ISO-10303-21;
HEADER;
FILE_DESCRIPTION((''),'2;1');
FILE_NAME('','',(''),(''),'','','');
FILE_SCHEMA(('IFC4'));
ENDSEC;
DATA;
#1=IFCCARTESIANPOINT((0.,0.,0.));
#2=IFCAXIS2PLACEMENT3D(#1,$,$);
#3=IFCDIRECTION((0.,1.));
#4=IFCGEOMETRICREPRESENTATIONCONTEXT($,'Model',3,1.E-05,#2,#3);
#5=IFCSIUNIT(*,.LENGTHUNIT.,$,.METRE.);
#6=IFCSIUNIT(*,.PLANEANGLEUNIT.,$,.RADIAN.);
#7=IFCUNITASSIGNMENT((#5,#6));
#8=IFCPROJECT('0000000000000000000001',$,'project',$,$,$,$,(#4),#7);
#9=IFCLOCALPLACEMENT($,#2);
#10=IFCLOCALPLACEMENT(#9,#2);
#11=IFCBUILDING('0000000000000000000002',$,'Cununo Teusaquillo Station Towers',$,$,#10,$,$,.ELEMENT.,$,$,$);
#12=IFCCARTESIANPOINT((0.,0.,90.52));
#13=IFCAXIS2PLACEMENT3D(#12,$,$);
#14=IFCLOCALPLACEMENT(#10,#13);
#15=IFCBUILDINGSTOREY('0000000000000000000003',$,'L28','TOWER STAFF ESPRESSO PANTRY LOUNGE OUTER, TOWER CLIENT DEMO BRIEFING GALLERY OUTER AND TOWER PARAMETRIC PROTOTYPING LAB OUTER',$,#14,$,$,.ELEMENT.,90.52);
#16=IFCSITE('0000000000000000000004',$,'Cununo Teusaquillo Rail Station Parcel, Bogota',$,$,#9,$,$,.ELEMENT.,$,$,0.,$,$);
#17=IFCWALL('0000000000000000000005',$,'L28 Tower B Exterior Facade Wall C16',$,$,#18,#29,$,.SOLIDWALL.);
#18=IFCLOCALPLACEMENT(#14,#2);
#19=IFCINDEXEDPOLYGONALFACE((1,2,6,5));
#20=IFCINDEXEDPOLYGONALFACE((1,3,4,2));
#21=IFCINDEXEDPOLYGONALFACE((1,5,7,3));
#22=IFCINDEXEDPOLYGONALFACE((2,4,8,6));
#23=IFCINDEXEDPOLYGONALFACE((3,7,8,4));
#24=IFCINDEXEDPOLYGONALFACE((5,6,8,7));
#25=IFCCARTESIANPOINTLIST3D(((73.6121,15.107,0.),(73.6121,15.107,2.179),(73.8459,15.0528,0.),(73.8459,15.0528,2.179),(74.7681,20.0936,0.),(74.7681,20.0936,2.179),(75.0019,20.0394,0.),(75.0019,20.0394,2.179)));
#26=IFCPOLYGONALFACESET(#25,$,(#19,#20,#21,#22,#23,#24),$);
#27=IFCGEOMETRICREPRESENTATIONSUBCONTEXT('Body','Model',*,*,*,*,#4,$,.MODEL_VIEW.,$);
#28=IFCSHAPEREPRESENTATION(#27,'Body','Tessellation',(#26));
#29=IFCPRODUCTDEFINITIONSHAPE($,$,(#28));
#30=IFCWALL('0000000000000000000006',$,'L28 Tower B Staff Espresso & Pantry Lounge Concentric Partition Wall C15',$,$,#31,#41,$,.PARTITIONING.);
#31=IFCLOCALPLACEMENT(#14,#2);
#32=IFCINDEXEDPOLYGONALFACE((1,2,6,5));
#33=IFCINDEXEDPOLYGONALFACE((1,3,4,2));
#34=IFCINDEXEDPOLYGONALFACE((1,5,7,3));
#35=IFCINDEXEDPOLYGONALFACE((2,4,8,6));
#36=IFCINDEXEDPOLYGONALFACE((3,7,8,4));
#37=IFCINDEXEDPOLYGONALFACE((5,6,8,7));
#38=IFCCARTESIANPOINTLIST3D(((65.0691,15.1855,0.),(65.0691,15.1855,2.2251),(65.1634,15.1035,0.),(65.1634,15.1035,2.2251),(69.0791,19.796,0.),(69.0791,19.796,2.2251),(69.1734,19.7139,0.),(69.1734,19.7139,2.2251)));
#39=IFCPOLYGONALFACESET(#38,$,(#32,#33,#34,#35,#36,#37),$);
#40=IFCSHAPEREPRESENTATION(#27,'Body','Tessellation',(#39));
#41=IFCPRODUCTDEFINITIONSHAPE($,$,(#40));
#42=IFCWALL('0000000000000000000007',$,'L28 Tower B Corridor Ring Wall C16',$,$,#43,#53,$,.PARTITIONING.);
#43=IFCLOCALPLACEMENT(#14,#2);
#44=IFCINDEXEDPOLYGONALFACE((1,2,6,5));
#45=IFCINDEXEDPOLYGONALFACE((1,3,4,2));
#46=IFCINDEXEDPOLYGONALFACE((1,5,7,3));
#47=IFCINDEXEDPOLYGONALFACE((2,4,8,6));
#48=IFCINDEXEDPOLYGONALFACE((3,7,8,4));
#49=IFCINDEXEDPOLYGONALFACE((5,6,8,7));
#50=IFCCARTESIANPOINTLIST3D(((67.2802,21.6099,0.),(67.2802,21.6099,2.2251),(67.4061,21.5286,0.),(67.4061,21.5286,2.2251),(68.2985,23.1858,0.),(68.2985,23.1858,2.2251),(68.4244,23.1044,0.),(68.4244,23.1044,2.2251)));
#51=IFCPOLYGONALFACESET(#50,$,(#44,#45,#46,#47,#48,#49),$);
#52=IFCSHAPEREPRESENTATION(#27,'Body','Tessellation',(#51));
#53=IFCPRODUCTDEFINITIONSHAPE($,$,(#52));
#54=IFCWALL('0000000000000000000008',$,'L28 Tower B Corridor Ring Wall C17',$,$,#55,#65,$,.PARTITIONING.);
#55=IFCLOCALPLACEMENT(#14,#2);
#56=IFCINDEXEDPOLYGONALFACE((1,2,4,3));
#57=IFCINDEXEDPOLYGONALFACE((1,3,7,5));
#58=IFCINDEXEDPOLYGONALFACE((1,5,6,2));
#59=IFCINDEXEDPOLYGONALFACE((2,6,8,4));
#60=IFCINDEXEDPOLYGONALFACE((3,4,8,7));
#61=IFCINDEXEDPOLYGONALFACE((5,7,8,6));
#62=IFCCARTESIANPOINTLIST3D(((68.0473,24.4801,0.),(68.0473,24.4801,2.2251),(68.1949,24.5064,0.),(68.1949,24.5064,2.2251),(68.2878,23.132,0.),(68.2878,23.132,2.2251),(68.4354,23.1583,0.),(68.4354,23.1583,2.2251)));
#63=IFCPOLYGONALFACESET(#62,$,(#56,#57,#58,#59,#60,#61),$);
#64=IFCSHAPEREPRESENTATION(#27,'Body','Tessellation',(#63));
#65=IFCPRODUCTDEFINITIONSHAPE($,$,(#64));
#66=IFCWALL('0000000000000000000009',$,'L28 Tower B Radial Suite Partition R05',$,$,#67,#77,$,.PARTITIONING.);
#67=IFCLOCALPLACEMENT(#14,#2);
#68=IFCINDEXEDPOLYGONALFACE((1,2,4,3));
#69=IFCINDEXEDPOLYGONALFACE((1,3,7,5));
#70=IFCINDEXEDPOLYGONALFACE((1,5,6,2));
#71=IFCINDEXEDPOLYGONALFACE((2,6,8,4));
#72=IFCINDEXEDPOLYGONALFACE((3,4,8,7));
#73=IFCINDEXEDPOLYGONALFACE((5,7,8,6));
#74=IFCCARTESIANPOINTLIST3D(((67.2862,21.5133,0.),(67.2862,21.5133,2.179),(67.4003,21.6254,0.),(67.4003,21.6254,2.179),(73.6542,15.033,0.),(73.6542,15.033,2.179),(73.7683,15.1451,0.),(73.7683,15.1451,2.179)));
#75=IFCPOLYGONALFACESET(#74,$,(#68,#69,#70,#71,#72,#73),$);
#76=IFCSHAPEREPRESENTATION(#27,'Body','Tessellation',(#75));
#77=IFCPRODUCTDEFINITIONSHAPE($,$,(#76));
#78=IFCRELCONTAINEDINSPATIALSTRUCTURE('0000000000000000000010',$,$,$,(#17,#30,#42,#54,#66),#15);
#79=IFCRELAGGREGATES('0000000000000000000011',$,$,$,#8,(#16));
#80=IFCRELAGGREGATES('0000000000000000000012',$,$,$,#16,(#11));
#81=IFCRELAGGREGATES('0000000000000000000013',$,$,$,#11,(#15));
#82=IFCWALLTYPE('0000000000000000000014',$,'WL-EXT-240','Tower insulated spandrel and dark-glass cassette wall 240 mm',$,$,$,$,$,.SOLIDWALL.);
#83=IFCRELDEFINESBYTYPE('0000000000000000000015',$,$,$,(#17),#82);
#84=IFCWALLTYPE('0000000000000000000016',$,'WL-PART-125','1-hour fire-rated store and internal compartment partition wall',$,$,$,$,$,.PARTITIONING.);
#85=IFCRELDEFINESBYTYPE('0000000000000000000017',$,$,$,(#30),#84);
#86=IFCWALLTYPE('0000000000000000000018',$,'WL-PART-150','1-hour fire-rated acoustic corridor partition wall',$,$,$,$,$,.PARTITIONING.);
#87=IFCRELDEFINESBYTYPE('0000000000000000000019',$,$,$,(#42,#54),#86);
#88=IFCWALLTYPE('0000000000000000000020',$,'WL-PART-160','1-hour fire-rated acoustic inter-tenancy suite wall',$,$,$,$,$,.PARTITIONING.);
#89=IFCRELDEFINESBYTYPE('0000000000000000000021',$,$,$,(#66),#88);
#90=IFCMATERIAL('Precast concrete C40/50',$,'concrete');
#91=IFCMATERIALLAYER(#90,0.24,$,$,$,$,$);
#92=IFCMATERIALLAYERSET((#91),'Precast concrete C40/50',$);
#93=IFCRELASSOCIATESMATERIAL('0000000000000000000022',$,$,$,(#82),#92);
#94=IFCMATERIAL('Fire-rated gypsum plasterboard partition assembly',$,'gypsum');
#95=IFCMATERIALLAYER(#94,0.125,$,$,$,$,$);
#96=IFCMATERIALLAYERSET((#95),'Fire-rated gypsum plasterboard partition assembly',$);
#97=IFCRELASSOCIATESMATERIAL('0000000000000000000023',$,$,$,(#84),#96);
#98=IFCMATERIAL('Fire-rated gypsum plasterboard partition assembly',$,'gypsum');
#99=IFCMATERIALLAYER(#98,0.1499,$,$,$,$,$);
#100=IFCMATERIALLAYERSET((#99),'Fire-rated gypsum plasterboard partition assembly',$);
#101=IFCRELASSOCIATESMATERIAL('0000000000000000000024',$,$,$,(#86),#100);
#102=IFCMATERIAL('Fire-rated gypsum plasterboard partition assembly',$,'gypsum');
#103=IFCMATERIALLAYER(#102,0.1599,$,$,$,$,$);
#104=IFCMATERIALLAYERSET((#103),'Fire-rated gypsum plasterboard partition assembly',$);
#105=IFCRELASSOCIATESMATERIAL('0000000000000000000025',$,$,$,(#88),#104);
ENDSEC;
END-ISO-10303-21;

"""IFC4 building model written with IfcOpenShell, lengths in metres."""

from ifc_helpers import new_model, si_unit, direction, frame, frame_2d, origin, place, context, subcontext, project, spatial, rectangle, extrude, material, layer, layer_set, type_object, element, save


model = new_model("IFC4")

# Units and contexts
model_context = context("Model", 3, precision=1e-05, world=origin(), true_north=direction((0.0, 1.0)))
body_context = subcontext(model_context, "Body", "Model", "MODEL_VIEW")
ifc_project = project(units=[si_unit("LENGTHUNIT", "METRE"), si_unit("PLANEANGLEUNIT", "RADIAN")], contexts=[model_context])

# Site, building, storey
site_placement = place(None, origin())
site = spatial("IfcSite", under=ifc_project, at=site_placement, Name="Cununo Teusaquillo Rail Station Parcel, Bogota", CompositionType="ELEMENT", RefElevation=0.0)
building_placement = place(site_placement, origin())
building = spatial("IfcBuilding", under=site, at=building_placement, Name="Cununo Teusaquillo Station Towers", CompositionType="ELEMENT")
storey_placement = place(building_placement, frame((0.0, 0.0, 90.52)))
storey = spatial("IfcBuildingStorey", under=building, at=storey_placement, Name="L28", Description="TOWER STAFF ESPRESSO PANTRY LOUNGE OUTER, TOWER CLIENT DEMO BRIEFING GALLERY OUTER AND TOWER PARAMETRIC PROTOTYPING LAB OUTER", CompositionType="ELEMENT", Elevation=90.52)

# Shared definitions
ifc_material_1 = material(Name="Precast concrete C40/50", Category="concrete")
ifc_layer_1 = layer(ifc_material_1, 0.24)
ifc_layer_set_1 = layer_set([ifc_layer_1], Name="Precast concrete C40/50")
wall_type_1 = type_object("IfcWallType", Name="WL-EXT-240", Description="Tower insulated spandrel and dark-glass cassette wall 240 mm", PredefinedType="SOLIDWALL", material=ifc_layer_set_1)

# Walls
wall_1_placement = place(storey_placement, frame((74.885, 20.0667, 0.0), z_axis=(0.0, 0.0, 1.0), x_axis=(-0.225835, -0.974166, 0.0)))
element("IfcWall", 1, at=wall_1_placement, inside=storey, type_object=wall_type_1, Name="L28 Tower B Exterior Facade Wall C16", PredefinedType="SOLIDWALL", context=body_context, shape_type="SweptSolid", body=[
    extrude(rectangle(XDim=5.1189, YDim=0.24, at=frame_2d((2.5596, 0.0))), origin(), (0.0, 0.0, 1.0), 2.179),
])
ifc_material_2 = material(Name="Fire-rated gypsum plasterboard partition assembly", Category="gypsum")
ifc_layer_2 = layer(ifc_material_2, 0.125)
ifc_layer_set_2 = layer_set([ifc_layer_2], Name="Fire-rated gypsum plasterboard partition assembly")
wall_type_2 = type_object("IfcWallType", Name="WL-PART-125", Description="1-hour fire-rated store and internal compartment partition wall", PredefinedType="PARTITIONING", material=ifc_layer_set_2)
wall_2_placement = place(storey_placement, frame((65.1162, 15.1445, 0.0), z_axis=(0.0, 0.0, 1.0), x_axis=(0.656273, 0.754524, 0.0)))
element("IfcWall", 2, at=wall_2_placement, inside=storey, type_object=wall_type_2, Name="L28 Tower B Staff Espresso & Pantry Lounge Concentric Partition Wall C15", PredefinedType="PARTITIONING", context=body_context, shape_type="SweptSolid", body=[
    extrude(rectangle(XDim=6.1104, YDim=0.125, at=frame_2d((3.0552, 0.0))), origin(), (0.0, 0.0, 1.0), 2.2251),
])
ifc_material_3 = material(Name="Fire-rated gypsum plasterboard partition assembly", Category="gypsum")
ifc_layer_3 = layer(ifc_material_3, 0.1499)
ifc_layer_set_3 = layer_set([ifc_layer_3], Name="Fire-rated gypsum plasterboard partition assembly")
wall_type_3 = type_object("IfcWallType", Name="WL-PART-150", Description="1-hour fire-rated acoustic corridor partition wall", PredefinedType="PARTITIONING", material=ifc_layer_set_3)
wall_3_placement = place(storey_placement, frame((67.3433, 21.5693, 0.0), z_axis=(0.0, 0.0, 1.0), x_axis=(0.542722, 0.839912, 0.0)))
element("IfcWall", 3, at=wall_3_placement, inside=storey, type_object=wall_type_3, Name="L28 Tower B Corridor Ring Wall C16", PredefinedType="PARTITIONING", context=body_context, shape_type="SweptSolid", body=[
    extrude(rectangle(XDim=1.8762, YDim=0.1499, at=frame_2d((0.938, 0.0))), origin(), (0.0, 0.0, 1.0), 2.2251),
])
wall_4_placement = place(storey_placement, frame((68.3616, 23.1453, 0.0), z_axis=(0.0, 0.0, 1.0), x_axis=(-0.175606, 0.984461, 0.0)))
element("IfcWall", 4, at=wall_4_placement, inside=storey, type_object=wall_type_3, Name="L28 Tower B Corridor Ring Wall C17", PredefinedType="PARTITIONING", context=body_context, shape_type="SweptSolid", body=[
    extrude(rectangle(XDim=1.3694, YDim=0.1499, at=frame_2d((0.6846, 0.0))), origin(), (0.0, 0.0, 1.0), 2.2251),
])
ifc_material_4 = material(Name="Fire-rated gypsum plasterboard partition assembly", Category="gypsum")
ifc_layer_4 = layer(ifc_material_4, 0.1599)
ifc_layer_set_4 = layer_set([ifc_layer_4], Name="Fire-rated gypsum plasterboard partition assembly")
wall_type_4 = type_object("IfcWallType", Name="WL-PART-160", Description="1-hour fire-rated acoustic inter-tenancy suite wall", PredefinedType="PARTITIONING", material=ifc_layer_set_4)
wall_5_placement = place(storey_placement, frame((67.3433, 21.5693, 0.0), z_axis=(0.0, 0.0, 1.0), x_axis=(0.700899, -0.71326, 0.0)))
element("IfcWall", 5, at=wall_5_placement, inside=storey, type_object=wall_type_4, Name="L28 Tower B Radial Suite Partition R05", PredefinedType="PARTITIONING", context=body_context, shape_type="SweptSolid", body=[
    extrude(rectangle(XDim=9.0854, YDim=0.1599, at=frame_2d((4.5427, 0.0))), origin(), (0.0, 0.0, 1.0), 2.179),
])

save(model, "model.ifc")
